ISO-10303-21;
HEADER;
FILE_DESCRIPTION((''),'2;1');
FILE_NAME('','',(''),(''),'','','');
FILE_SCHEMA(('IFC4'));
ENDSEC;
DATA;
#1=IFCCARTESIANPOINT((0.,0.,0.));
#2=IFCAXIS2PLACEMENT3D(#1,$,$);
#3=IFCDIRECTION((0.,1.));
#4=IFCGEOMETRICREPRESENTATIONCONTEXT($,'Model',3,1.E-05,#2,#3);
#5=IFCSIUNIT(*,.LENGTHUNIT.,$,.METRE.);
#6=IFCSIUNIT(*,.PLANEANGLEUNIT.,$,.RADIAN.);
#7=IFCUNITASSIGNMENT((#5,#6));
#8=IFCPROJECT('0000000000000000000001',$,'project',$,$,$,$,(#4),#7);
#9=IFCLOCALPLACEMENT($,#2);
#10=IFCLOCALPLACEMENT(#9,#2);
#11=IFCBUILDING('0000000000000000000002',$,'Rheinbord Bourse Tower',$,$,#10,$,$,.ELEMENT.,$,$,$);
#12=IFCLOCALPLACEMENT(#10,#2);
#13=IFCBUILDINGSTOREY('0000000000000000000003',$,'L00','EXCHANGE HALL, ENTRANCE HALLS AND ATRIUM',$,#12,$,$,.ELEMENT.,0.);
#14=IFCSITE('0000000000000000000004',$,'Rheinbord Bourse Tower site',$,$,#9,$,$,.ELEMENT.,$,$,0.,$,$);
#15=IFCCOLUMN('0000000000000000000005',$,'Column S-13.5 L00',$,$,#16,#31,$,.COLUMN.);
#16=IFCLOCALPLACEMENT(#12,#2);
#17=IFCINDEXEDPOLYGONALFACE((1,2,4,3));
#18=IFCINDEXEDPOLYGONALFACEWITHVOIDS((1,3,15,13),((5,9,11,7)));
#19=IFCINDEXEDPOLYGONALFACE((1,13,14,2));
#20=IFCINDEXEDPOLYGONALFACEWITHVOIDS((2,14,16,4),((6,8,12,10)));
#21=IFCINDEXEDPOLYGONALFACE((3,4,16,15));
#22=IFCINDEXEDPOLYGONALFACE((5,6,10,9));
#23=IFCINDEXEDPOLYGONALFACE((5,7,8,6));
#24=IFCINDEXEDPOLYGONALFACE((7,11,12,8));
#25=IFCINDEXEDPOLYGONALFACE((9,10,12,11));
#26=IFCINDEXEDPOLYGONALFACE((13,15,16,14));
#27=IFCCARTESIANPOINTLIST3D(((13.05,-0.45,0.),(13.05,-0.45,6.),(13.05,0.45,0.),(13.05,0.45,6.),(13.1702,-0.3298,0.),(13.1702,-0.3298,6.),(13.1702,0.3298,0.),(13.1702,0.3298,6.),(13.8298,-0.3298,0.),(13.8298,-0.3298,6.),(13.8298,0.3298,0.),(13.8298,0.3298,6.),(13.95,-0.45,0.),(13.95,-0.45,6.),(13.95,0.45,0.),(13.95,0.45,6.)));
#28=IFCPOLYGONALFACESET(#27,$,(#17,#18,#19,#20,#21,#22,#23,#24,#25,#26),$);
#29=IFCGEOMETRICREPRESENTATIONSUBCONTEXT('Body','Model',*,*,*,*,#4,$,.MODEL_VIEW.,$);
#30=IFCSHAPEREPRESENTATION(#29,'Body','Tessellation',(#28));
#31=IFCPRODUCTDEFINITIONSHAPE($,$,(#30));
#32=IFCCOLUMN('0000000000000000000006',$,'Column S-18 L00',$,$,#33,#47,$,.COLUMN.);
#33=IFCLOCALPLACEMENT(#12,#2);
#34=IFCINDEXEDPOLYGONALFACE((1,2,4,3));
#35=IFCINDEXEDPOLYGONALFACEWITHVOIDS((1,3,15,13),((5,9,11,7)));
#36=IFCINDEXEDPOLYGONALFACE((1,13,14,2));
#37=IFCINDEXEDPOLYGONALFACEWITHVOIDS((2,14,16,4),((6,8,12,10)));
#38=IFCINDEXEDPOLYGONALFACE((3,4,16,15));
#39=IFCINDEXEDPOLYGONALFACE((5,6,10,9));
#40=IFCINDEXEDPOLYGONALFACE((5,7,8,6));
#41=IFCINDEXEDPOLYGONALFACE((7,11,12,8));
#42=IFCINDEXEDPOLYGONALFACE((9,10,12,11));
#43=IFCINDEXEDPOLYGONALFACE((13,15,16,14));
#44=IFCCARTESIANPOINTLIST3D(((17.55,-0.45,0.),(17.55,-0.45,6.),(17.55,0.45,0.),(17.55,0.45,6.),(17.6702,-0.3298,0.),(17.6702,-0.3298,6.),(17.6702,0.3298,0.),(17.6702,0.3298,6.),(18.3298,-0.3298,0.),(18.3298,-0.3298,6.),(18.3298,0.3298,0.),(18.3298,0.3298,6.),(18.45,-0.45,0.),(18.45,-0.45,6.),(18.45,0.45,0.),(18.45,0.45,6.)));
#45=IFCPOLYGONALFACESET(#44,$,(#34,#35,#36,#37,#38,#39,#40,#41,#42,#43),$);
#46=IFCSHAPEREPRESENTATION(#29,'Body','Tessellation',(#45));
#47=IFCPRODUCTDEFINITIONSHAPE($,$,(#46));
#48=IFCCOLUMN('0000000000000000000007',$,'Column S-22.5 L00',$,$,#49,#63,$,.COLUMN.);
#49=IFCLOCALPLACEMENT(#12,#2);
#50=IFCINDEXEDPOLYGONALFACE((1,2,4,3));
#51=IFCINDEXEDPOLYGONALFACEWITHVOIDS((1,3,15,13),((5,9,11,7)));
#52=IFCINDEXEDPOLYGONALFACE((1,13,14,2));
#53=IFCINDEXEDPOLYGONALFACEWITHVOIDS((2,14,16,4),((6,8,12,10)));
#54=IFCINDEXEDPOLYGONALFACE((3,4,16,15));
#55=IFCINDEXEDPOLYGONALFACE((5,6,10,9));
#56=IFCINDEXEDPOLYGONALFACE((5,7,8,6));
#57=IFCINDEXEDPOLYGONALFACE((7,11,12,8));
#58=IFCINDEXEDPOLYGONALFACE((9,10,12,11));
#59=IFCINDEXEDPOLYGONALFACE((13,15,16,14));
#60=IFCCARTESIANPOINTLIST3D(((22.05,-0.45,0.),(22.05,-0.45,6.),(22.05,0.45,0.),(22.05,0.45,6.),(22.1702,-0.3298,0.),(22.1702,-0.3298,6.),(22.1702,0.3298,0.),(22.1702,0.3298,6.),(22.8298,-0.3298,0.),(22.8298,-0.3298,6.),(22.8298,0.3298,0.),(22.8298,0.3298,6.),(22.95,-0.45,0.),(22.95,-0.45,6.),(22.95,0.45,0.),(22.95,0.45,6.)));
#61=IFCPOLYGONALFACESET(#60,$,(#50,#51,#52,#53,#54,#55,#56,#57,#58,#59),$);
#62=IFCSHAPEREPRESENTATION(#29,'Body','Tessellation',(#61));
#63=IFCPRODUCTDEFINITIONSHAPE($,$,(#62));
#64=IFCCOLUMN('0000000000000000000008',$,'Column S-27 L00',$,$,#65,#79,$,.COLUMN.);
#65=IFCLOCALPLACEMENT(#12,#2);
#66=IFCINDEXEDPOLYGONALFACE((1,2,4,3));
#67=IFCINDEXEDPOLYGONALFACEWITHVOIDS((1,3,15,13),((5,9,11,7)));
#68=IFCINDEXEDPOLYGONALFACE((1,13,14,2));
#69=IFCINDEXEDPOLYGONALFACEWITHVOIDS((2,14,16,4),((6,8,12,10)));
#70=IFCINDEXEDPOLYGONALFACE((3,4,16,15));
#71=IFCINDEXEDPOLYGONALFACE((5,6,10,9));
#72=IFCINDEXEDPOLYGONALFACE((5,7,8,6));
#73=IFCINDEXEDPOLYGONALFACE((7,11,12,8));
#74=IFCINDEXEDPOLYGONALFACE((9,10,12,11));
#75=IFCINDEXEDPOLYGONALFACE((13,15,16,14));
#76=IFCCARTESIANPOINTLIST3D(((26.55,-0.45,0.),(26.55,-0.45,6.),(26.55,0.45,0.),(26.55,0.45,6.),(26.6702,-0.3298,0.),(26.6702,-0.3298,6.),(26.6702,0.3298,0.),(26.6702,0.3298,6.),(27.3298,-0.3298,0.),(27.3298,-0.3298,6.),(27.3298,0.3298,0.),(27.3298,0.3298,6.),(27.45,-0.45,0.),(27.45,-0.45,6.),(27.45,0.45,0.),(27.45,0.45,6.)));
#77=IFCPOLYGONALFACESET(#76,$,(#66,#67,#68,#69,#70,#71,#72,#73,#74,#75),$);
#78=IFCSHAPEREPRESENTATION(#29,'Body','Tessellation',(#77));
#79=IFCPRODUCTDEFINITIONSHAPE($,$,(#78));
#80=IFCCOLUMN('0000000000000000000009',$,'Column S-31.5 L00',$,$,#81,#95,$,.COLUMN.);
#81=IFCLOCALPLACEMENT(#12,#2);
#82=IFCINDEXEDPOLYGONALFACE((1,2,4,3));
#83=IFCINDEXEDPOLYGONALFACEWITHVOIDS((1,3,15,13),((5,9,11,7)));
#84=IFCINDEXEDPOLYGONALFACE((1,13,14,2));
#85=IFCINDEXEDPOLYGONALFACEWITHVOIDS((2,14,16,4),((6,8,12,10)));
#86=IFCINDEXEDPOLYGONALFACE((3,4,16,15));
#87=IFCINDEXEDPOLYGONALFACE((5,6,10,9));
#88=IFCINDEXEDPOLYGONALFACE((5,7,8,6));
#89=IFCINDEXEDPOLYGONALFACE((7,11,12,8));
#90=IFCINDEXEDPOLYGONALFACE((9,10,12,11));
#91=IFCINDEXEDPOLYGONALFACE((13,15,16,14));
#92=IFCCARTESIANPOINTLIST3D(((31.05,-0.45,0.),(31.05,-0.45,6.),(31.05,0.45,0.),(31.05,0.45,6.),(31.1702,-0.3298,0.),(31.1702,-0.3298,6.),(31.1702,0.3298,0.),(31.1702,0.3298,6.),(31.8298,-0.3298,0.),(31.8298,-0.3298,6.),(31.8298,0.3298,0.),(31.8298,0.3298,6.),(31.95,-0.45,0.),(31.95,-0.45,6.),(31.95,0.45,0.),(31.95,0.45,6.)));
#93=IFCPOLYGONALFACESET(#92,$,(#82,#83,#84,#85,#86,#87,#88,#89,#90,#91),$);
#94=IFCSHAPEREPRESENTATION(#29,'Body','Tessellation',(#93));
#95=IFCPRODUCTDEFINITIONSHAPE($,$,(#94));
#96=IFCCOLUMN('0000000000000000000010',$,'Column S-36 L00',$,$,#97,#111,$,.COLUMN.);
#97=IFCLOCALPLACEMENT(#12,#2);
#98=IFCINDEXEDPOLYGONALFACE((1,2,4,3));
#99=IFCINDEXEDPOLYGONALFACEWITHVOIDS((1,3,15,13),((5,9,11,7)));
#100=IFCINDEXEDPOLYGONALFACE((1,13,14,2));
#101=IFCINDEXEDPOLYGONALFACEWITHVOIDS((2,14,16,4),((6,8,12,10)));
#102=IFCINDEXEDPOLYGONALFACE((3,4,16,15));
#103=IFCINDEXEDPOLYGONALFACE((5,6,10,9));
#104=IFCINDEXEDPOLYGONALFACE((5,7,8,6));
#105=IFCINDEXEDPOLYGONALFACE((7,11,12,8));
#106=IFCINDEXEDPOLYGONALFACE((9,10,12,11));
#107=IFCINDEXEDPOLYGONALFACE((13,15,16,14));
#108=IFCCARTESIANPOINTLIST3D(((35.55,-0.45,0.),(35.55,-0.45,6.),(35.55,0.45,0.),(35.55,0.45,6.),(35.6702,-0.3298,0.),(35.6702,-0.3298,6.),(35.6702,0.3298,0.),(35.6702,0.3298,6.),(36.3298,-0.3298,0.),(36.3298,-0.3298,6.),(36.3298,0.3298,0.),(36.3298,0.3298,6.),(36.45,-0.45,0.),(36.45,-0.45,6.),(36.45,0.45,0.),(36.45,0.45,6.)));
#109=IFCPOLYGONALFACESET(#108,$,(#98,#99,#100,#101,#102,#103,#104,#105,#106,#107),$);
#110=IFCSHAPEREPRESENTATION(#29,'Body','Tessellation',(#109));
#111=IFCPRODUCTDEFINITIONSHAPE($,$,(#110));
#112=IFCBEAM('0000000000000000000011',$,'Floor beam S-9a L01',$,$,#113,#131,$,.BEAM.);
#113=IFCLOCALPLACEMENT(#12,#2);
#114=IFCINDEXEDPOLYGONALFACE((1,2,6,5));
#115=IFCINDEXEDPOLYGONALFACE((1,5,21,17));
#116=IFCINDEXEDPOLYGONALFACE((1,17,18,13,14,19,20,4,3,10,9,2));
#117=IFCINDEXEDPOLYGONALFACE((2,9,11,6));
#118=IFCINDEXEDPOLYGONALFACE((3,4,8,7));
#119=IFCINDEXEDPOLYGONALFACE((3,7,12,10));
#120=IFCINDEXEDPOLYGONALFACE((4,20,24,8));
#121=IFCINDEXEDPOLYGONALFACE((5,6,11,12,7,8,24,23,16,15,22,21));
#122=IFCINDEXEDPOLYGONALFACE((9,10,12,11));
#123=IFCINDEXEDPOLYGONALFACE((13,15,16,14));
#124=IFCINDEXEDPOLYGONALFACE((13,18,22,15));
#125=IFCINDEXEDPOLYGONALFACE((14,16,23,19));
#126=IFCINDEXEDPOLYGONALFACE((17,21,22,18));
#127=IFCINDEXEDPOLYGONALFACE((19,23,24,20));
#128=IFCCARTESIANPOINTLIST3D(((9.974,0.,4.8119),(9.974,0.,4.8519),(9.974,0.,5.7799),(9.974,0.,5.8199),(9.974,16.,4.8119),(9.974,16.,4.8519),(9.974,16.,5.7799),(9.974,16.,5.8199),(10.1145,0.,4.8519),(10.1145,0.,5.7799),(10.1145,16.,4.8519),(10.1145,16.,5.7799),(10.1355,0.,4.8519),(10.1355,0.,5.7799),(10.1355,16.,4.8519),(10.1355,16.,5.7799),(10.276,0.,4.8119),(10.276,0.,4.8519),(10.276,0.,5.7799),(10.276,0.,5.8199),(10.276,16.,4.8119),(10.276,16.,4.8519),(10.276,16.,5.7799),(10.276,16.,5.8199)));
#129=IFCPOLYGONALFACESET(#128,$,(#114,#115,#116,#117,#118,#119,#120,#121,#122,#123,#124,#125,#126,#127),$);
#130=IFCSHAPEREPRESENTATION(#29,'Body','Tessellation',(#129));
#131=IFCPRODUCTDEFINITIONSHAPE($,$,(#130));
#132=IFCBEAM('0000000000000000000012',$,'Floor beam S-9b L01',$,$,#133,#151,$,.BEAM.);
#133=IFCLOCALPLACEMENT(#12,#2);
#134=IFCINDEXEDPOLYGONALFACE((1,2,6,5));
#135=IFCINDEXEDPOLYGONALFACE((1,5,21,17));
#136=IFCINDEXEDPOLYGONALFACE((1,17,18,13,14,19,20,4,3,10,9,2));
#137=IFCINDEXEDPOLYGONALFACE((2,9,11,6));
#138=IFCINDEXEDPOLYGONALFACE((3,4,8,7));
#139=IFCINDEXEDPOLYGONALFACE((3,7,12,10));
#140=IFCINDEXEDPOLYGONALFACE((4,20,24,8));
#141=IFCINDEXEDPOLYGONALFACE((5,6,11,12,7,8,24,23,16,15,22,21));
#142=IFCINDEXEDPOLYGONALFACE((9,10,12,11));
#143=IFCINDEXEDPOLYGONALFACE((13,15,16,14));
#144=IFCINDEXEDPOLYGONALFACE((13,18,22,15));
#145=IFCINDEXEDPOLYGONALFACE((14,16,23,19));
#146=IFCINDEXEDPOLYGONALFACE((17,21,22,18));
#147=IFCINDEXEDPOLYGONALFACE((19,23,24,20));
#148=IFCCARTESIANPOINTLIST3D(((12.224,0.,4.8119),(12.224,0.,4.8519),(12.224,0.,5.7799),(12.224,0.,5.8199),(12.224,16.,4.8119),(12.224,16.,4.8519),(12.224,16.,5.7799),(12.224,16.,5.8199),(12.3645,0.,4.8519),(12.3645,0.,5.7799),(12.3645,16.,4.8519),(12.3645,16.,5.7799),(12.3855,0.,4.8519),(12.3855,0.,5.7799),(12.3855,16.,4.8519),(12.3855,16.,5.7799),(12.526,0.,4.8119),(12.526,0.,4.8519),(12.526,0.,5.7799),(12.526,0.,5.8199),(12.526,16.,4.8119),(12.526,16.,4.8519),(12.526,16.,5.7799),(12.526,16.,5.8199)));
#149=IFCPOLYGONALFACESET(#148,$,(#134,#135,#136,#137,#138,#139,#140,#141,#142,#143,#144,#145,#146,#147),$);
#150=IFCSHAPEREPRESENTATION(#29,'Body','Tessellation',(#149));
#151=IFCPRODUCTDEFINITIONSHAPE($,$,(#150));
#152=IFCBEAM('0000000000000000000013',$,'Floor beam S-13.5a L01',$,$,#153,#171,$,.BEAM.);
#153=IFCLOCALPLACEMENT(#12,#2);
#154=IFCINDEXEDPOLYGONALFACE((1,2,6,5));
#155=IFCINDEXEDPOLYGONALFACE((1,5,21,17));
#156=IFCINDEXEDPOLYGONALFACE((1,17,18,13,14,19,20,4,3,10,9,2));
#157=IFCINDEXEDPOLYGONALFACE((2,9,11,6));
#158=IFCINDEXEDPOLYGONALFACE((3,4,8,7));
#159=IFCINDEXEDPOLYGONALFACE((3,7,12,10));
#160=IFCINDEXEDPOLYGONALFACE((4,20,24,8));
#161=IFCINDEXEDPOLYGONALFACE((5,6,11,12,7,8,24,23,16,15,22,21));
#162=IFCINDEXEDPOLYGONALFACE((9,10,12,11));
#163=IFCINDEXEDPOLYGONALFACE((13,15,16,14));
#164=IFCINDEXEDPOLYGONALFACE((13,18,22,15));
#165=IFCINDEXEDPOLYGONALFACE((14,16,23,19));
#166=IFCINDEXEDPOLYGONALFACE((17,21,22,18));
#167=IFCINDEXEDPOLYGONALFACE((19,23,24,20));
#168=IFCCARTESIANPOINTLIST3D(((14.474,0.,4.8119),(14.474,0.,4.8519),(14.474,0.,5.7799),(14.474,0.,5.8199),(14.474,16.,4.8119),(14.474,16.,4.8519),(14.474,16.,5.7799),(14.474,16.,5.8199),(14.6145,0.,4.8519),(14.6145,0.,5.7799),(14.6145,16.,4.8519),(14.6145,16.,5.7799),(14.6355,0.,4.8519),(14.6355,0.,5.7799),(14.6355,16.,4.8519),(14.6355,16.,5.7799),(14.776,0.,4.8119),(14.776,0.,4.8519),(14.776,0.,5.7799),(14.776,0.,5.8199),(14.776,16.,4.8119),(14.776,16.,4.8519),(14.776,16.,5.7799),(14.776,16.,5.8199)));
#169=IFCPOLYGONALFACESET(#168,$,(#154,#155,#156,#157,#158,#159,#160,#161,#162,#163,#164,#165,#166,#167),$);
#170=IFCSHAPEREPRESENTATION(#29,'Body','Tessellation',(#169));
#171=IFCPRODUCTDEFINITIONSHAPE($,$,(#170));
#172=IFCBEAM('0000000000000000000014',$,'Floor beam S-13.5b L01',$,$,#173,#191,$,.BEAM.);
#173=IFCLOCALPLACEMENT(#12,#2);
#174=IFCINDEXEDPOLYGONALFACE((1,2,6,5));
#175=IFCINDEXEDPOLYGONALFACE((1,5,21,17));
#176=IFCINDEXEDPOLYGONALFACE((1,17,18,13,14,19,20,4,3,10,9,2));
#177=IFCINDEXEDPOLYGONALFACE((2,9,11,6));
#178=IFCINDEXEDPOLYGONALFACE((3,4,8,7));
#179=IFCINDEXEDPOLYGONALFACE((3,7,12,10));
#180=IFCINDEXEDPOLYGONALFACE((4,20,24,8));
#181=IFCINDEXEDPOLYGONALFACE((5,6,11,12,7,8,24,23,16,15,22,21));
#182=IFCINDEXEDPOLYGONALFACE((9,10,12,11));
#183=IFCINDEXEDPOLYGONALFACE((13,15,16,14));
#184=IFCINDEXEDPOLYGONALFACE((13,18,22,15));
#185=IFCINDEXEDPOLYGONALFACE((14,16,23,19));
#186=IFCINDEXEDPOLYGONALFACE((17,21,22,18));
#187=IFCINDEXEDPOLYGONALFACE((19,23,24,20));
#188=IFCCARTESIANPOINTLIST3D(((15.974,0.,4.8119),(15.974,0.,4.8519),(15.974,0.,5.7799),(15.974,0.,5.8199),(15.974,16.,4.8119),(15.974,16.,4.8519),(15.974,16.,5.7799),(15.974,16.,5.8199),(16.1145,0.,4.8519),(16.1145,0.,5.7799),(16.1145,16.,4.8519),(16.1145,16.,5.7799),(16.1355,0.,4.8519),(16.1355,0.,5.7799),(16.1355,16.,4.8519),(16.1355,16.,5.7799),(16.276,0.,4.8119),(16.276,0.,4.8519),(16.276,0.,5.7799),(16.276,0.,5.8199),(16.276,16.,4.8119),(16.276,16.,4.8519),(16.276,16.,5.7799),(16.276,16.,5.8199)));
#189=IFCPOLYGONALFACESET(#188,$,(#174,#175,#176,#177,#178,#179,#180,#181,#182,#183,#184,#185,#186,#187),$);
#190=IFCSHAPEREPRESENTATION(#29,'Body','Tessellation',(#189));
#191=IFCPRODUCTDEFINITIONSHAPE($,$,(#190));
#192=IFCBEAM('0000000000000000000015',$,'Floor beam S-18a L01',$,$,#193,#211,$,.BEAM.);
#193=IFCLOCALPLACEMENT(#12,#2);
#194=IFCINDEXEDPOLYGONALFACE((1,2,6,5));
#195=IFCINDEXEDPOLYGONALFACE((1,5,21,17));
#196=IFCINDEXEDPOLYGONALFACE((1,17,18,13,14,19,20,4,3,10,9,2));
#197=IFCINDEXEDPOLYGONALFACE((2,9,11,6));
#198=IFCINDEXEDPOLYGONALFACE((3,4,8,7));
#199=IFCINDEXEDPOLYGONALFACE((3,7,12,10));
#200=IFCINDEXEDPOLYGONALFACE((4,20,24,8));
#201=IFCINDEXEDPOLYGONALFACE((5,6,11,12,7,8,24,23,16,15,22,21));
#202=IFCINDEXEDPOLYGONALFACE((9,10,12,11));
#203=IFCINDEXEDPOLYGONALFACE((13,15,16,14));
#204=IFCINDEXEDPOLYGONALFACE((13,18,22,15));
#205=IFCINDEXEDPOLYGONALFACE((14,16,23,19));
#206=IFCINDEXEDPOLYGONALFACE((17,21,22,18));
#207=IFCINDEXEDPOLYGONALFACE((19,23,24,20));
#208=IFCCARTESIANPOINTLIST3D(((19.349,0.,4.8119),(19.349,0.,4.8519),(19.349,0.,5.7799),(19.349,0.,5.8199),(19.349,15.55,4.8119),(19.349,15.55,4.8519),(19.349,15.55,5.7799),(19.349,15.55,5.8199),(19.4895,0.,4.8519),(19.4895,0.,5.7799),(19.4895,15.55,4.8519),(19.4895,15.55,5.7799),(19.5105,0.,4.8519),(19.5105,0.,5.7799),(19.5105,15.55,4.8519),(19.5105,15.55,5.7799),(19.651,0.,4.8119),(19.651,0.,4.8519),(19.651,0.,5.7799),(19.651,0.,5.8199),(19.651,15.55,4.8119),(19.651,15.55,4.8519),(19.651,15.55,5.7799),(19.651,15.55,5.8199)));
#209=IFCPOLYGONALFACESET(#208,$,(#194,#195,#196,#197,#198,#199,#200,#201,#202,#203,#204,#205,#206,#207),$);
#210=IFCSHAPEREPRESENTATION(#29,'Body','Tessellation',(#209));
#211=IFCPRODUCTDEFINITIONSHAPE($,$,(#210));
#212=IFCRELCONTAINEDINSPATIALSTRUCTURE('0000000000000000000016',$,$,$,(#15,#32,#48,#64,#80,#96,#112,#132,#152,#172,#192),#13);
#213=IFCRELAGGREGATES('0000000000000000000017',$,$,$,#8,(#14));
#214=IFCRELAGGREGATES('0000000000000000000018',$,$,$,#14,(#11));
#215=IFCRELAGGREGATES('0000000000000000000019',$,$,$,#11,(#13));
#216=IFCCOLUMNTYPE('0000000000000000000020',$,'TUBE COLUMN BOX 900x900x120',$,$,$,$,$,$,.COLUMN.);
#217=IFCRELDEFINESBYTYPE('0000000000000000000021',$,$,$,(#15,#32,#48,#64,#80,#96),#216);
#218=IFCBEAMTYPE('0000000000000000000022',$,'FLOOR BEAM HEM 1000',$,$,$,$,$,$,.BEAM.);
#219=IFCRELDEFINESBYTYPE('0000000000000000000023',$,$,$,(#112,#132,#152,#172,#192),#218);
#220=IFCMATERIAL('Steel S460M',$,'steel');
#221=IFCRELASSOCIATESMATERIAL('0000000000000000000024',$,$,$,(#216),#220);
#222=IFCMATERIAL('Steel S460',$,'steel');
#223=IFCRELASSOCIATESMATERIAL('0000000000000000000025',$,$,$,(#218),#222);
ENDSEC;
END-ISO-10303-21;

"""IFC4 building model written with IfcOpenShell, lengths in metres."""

from ifc_helpers import new_model, si_unit, direction, frame, origin, origin_2d, place, context, subcontext, project, spatial, hollow_rectangle, i_section, extrude, material, material_profile, profile_set, type_object, element, save


model = new_model("IFC4")

# Units and contexts
model_context = context("Model", 3, precision=1e-05, world=origin(), true_north=direction((0.0, 1.0)))
body_context = subcontext(model_context, "Body", "Model", "MODEL_VIEW")
ifc_project = project(units=[si_unit("LENGTHUNIT", "METRE"), si_unit("PLANEANGLEUNIT", "RADIAN")], contexts=[model_context])

# Site, building, storey
site_placement = place(None, origin())
site = spatial("IfcSite", under=ifc_project, at=site_placement, Name="Rheinbord Bourse Tower site", CompositionType="ELEMENT", RefElevation=0.0)
building_placement = place(site_placement, origin())
building = spatial("IfcBuilding", under=site, at=building_placement, Name="Rheinbord Bourse Tower", CompositionType="ELEMENT")
storey_placement = place(building_placement, origin())
storey = spatial("IfcBuildingStorey", under=building, at=storey_placement, Name="L00", Description="EXCHANGE HALL, ENTRANCE HALLS AND ATRIUM", CompositionType="ELEMENT", Elevation=0.0)

# Columns
ifc_material_1 = material(Name="Steel S460M", Category="steel")
ifc_material_profile_1 = material_profile(ifc_material_1, hollow_rectangle(XDim=0.8999, YDim=0.8999, WallThickness=0.1201, at=origin_2d()), Name="BOX 900x900x120")
ifc_profile_set_1 = profile_set([ifc_material_profile_1], Name="Steel S460M")
column_type = type_object("IfcColumnType", Name="TUBE COLUMN BOX 900x900x120", PredefinedType="COLUMN", material=ifc_profile_set_1)
for number, where, z_axis, x_axis, name in (
    (1, (13.5, 0.0, 0.0), (0.0, 0.0, 1.0), (0.0, 1.0, 0.0), "Column S-13.5 L00"),
    (2, (18.0, 0.0, 0.0), (0.0, 0.0, 1.0), (0.0, 1.0, 0.0), "Column S-18 L00"),
    (3, (22.5, 0.0, 0.0), (0.0, 0.0, 1.0), (0.0, 1.0, 0.0), "Column S-22.5 L00"),
    (4, (27.0, 0.0, 0.0), (0.0, 0.0, 1.0), (0.0, 1.0, 0.0), "Column S-27 L00"),
    (5, (31.5, 0.0, 0.0), (0.0, 0.0, 1.0), (0.0, 1.0, 0.0), "Column S-31.5 L00"),
    (6, (36.0, 0.0, 0.0), (0.0, 0.0, 1.0), (0.0, 1.0, 0.0), "Column S-36 L00"),
):
    element("IfcColumn", number, at=place(storey_placement, frame(where, z_axis=z_axis, x_axis=x_axis)), inside=storey, type_object=column_type, Name=name, PredefinedType="COLUMN", context=body_context, shape_type="SweptSolid", body=[
        extrude(hollow_rectangle(XDim=0.8999, YDim=0.8999, WallThickness=0.1201, at=origin_2d()), origin(), (0.0, 0.0, 1.0), 6.0),
    ])

# Beams
ifc_material_2 = material(Name="Steel S460", Category="steel")
ifc_material_profile_2 = material_profile(ifc_material_2, i_section(OverallWidth=0.302, OverallDepth=1.0081, WebThickness=0.021, FlangeThickness=0.04, at=origin_2d()), Name="HEM 1000")
ifc_profile_set_2 = profile_set([ifc_material_profile_2], Name="Steel S460")
beam_type_1 = type_object("IfcBeamType", Name="FLOOR BEAM HEM 1000", PredefinedType="BEAM", material=ifc_profile_set_2)
for number, where, z_axis, x_axis, name in (
    (7, (10.125, 0.0, 5.3159), (0.0, 1.0, 0.0), (-1.0, 0.0, 0.0), "Floor beam S-9a L01"),
    (8, (12.375, 0.0, 5.3159), (0.0, 1.0, 0.0), (-1.0, 0.0, 0.0), "Floor beam S-9b L01"),
    (9, (14.625, 0.0, 5.3159), (0.0, 1.0, 0.0), (-1.0, 0.0, 0.0), "Floor beam S-13.5a L01"),
    (10, (16.125, 0.0, 5.3159), (0.0, 1.0, 0.0), (-1.0, 0.0, 0.0), "Floor beam S-13.5b L01"),
):
    element("IfcBeam", number, at=place(storey_placement, frame(where, z_axis=z_axis, x_axis=x_axis)), inside=storey, type_object=beam_type_1, Name=name, PredefinedType="BEAM", context=body_context, shape_type="SweptSolid", body=[
        extrude(i_section(OverallWidth=0.302, OverallDepth=1.0081, WebThickness=0.021, FlangeThickness=0.04, at=origin_2d()), origin(), (0.0, 0.0, 1.0), 16.0),
    ])
for number, where, z_axis, x_axis, name in (
    (11, (19.5, 0.0, 5.3159), (0.0, 1.0, 0.0), (-1.0, 0.0, 0.0), "Floor beam S-18a L01"),
):
    element("IfcBeam", number, at=place(storey_placement, frame(where, z_axis=z_axis, x_axis=x_axis)), inside=storey, type_object=beam_type_1, Name=name, PredefinedType="BEAM", context=body_context, shape_type="SweptSolid", body=[
        extrude(i_section(OverallWidth=0.302, OverallDepth=1.0081, WebThickness=0.021, FlangeThickness=0.04, at=origin_2d()), origin(), (0.0, 0.0, 1.0), 15.55),
    ])

save(model, "model.ifc")
